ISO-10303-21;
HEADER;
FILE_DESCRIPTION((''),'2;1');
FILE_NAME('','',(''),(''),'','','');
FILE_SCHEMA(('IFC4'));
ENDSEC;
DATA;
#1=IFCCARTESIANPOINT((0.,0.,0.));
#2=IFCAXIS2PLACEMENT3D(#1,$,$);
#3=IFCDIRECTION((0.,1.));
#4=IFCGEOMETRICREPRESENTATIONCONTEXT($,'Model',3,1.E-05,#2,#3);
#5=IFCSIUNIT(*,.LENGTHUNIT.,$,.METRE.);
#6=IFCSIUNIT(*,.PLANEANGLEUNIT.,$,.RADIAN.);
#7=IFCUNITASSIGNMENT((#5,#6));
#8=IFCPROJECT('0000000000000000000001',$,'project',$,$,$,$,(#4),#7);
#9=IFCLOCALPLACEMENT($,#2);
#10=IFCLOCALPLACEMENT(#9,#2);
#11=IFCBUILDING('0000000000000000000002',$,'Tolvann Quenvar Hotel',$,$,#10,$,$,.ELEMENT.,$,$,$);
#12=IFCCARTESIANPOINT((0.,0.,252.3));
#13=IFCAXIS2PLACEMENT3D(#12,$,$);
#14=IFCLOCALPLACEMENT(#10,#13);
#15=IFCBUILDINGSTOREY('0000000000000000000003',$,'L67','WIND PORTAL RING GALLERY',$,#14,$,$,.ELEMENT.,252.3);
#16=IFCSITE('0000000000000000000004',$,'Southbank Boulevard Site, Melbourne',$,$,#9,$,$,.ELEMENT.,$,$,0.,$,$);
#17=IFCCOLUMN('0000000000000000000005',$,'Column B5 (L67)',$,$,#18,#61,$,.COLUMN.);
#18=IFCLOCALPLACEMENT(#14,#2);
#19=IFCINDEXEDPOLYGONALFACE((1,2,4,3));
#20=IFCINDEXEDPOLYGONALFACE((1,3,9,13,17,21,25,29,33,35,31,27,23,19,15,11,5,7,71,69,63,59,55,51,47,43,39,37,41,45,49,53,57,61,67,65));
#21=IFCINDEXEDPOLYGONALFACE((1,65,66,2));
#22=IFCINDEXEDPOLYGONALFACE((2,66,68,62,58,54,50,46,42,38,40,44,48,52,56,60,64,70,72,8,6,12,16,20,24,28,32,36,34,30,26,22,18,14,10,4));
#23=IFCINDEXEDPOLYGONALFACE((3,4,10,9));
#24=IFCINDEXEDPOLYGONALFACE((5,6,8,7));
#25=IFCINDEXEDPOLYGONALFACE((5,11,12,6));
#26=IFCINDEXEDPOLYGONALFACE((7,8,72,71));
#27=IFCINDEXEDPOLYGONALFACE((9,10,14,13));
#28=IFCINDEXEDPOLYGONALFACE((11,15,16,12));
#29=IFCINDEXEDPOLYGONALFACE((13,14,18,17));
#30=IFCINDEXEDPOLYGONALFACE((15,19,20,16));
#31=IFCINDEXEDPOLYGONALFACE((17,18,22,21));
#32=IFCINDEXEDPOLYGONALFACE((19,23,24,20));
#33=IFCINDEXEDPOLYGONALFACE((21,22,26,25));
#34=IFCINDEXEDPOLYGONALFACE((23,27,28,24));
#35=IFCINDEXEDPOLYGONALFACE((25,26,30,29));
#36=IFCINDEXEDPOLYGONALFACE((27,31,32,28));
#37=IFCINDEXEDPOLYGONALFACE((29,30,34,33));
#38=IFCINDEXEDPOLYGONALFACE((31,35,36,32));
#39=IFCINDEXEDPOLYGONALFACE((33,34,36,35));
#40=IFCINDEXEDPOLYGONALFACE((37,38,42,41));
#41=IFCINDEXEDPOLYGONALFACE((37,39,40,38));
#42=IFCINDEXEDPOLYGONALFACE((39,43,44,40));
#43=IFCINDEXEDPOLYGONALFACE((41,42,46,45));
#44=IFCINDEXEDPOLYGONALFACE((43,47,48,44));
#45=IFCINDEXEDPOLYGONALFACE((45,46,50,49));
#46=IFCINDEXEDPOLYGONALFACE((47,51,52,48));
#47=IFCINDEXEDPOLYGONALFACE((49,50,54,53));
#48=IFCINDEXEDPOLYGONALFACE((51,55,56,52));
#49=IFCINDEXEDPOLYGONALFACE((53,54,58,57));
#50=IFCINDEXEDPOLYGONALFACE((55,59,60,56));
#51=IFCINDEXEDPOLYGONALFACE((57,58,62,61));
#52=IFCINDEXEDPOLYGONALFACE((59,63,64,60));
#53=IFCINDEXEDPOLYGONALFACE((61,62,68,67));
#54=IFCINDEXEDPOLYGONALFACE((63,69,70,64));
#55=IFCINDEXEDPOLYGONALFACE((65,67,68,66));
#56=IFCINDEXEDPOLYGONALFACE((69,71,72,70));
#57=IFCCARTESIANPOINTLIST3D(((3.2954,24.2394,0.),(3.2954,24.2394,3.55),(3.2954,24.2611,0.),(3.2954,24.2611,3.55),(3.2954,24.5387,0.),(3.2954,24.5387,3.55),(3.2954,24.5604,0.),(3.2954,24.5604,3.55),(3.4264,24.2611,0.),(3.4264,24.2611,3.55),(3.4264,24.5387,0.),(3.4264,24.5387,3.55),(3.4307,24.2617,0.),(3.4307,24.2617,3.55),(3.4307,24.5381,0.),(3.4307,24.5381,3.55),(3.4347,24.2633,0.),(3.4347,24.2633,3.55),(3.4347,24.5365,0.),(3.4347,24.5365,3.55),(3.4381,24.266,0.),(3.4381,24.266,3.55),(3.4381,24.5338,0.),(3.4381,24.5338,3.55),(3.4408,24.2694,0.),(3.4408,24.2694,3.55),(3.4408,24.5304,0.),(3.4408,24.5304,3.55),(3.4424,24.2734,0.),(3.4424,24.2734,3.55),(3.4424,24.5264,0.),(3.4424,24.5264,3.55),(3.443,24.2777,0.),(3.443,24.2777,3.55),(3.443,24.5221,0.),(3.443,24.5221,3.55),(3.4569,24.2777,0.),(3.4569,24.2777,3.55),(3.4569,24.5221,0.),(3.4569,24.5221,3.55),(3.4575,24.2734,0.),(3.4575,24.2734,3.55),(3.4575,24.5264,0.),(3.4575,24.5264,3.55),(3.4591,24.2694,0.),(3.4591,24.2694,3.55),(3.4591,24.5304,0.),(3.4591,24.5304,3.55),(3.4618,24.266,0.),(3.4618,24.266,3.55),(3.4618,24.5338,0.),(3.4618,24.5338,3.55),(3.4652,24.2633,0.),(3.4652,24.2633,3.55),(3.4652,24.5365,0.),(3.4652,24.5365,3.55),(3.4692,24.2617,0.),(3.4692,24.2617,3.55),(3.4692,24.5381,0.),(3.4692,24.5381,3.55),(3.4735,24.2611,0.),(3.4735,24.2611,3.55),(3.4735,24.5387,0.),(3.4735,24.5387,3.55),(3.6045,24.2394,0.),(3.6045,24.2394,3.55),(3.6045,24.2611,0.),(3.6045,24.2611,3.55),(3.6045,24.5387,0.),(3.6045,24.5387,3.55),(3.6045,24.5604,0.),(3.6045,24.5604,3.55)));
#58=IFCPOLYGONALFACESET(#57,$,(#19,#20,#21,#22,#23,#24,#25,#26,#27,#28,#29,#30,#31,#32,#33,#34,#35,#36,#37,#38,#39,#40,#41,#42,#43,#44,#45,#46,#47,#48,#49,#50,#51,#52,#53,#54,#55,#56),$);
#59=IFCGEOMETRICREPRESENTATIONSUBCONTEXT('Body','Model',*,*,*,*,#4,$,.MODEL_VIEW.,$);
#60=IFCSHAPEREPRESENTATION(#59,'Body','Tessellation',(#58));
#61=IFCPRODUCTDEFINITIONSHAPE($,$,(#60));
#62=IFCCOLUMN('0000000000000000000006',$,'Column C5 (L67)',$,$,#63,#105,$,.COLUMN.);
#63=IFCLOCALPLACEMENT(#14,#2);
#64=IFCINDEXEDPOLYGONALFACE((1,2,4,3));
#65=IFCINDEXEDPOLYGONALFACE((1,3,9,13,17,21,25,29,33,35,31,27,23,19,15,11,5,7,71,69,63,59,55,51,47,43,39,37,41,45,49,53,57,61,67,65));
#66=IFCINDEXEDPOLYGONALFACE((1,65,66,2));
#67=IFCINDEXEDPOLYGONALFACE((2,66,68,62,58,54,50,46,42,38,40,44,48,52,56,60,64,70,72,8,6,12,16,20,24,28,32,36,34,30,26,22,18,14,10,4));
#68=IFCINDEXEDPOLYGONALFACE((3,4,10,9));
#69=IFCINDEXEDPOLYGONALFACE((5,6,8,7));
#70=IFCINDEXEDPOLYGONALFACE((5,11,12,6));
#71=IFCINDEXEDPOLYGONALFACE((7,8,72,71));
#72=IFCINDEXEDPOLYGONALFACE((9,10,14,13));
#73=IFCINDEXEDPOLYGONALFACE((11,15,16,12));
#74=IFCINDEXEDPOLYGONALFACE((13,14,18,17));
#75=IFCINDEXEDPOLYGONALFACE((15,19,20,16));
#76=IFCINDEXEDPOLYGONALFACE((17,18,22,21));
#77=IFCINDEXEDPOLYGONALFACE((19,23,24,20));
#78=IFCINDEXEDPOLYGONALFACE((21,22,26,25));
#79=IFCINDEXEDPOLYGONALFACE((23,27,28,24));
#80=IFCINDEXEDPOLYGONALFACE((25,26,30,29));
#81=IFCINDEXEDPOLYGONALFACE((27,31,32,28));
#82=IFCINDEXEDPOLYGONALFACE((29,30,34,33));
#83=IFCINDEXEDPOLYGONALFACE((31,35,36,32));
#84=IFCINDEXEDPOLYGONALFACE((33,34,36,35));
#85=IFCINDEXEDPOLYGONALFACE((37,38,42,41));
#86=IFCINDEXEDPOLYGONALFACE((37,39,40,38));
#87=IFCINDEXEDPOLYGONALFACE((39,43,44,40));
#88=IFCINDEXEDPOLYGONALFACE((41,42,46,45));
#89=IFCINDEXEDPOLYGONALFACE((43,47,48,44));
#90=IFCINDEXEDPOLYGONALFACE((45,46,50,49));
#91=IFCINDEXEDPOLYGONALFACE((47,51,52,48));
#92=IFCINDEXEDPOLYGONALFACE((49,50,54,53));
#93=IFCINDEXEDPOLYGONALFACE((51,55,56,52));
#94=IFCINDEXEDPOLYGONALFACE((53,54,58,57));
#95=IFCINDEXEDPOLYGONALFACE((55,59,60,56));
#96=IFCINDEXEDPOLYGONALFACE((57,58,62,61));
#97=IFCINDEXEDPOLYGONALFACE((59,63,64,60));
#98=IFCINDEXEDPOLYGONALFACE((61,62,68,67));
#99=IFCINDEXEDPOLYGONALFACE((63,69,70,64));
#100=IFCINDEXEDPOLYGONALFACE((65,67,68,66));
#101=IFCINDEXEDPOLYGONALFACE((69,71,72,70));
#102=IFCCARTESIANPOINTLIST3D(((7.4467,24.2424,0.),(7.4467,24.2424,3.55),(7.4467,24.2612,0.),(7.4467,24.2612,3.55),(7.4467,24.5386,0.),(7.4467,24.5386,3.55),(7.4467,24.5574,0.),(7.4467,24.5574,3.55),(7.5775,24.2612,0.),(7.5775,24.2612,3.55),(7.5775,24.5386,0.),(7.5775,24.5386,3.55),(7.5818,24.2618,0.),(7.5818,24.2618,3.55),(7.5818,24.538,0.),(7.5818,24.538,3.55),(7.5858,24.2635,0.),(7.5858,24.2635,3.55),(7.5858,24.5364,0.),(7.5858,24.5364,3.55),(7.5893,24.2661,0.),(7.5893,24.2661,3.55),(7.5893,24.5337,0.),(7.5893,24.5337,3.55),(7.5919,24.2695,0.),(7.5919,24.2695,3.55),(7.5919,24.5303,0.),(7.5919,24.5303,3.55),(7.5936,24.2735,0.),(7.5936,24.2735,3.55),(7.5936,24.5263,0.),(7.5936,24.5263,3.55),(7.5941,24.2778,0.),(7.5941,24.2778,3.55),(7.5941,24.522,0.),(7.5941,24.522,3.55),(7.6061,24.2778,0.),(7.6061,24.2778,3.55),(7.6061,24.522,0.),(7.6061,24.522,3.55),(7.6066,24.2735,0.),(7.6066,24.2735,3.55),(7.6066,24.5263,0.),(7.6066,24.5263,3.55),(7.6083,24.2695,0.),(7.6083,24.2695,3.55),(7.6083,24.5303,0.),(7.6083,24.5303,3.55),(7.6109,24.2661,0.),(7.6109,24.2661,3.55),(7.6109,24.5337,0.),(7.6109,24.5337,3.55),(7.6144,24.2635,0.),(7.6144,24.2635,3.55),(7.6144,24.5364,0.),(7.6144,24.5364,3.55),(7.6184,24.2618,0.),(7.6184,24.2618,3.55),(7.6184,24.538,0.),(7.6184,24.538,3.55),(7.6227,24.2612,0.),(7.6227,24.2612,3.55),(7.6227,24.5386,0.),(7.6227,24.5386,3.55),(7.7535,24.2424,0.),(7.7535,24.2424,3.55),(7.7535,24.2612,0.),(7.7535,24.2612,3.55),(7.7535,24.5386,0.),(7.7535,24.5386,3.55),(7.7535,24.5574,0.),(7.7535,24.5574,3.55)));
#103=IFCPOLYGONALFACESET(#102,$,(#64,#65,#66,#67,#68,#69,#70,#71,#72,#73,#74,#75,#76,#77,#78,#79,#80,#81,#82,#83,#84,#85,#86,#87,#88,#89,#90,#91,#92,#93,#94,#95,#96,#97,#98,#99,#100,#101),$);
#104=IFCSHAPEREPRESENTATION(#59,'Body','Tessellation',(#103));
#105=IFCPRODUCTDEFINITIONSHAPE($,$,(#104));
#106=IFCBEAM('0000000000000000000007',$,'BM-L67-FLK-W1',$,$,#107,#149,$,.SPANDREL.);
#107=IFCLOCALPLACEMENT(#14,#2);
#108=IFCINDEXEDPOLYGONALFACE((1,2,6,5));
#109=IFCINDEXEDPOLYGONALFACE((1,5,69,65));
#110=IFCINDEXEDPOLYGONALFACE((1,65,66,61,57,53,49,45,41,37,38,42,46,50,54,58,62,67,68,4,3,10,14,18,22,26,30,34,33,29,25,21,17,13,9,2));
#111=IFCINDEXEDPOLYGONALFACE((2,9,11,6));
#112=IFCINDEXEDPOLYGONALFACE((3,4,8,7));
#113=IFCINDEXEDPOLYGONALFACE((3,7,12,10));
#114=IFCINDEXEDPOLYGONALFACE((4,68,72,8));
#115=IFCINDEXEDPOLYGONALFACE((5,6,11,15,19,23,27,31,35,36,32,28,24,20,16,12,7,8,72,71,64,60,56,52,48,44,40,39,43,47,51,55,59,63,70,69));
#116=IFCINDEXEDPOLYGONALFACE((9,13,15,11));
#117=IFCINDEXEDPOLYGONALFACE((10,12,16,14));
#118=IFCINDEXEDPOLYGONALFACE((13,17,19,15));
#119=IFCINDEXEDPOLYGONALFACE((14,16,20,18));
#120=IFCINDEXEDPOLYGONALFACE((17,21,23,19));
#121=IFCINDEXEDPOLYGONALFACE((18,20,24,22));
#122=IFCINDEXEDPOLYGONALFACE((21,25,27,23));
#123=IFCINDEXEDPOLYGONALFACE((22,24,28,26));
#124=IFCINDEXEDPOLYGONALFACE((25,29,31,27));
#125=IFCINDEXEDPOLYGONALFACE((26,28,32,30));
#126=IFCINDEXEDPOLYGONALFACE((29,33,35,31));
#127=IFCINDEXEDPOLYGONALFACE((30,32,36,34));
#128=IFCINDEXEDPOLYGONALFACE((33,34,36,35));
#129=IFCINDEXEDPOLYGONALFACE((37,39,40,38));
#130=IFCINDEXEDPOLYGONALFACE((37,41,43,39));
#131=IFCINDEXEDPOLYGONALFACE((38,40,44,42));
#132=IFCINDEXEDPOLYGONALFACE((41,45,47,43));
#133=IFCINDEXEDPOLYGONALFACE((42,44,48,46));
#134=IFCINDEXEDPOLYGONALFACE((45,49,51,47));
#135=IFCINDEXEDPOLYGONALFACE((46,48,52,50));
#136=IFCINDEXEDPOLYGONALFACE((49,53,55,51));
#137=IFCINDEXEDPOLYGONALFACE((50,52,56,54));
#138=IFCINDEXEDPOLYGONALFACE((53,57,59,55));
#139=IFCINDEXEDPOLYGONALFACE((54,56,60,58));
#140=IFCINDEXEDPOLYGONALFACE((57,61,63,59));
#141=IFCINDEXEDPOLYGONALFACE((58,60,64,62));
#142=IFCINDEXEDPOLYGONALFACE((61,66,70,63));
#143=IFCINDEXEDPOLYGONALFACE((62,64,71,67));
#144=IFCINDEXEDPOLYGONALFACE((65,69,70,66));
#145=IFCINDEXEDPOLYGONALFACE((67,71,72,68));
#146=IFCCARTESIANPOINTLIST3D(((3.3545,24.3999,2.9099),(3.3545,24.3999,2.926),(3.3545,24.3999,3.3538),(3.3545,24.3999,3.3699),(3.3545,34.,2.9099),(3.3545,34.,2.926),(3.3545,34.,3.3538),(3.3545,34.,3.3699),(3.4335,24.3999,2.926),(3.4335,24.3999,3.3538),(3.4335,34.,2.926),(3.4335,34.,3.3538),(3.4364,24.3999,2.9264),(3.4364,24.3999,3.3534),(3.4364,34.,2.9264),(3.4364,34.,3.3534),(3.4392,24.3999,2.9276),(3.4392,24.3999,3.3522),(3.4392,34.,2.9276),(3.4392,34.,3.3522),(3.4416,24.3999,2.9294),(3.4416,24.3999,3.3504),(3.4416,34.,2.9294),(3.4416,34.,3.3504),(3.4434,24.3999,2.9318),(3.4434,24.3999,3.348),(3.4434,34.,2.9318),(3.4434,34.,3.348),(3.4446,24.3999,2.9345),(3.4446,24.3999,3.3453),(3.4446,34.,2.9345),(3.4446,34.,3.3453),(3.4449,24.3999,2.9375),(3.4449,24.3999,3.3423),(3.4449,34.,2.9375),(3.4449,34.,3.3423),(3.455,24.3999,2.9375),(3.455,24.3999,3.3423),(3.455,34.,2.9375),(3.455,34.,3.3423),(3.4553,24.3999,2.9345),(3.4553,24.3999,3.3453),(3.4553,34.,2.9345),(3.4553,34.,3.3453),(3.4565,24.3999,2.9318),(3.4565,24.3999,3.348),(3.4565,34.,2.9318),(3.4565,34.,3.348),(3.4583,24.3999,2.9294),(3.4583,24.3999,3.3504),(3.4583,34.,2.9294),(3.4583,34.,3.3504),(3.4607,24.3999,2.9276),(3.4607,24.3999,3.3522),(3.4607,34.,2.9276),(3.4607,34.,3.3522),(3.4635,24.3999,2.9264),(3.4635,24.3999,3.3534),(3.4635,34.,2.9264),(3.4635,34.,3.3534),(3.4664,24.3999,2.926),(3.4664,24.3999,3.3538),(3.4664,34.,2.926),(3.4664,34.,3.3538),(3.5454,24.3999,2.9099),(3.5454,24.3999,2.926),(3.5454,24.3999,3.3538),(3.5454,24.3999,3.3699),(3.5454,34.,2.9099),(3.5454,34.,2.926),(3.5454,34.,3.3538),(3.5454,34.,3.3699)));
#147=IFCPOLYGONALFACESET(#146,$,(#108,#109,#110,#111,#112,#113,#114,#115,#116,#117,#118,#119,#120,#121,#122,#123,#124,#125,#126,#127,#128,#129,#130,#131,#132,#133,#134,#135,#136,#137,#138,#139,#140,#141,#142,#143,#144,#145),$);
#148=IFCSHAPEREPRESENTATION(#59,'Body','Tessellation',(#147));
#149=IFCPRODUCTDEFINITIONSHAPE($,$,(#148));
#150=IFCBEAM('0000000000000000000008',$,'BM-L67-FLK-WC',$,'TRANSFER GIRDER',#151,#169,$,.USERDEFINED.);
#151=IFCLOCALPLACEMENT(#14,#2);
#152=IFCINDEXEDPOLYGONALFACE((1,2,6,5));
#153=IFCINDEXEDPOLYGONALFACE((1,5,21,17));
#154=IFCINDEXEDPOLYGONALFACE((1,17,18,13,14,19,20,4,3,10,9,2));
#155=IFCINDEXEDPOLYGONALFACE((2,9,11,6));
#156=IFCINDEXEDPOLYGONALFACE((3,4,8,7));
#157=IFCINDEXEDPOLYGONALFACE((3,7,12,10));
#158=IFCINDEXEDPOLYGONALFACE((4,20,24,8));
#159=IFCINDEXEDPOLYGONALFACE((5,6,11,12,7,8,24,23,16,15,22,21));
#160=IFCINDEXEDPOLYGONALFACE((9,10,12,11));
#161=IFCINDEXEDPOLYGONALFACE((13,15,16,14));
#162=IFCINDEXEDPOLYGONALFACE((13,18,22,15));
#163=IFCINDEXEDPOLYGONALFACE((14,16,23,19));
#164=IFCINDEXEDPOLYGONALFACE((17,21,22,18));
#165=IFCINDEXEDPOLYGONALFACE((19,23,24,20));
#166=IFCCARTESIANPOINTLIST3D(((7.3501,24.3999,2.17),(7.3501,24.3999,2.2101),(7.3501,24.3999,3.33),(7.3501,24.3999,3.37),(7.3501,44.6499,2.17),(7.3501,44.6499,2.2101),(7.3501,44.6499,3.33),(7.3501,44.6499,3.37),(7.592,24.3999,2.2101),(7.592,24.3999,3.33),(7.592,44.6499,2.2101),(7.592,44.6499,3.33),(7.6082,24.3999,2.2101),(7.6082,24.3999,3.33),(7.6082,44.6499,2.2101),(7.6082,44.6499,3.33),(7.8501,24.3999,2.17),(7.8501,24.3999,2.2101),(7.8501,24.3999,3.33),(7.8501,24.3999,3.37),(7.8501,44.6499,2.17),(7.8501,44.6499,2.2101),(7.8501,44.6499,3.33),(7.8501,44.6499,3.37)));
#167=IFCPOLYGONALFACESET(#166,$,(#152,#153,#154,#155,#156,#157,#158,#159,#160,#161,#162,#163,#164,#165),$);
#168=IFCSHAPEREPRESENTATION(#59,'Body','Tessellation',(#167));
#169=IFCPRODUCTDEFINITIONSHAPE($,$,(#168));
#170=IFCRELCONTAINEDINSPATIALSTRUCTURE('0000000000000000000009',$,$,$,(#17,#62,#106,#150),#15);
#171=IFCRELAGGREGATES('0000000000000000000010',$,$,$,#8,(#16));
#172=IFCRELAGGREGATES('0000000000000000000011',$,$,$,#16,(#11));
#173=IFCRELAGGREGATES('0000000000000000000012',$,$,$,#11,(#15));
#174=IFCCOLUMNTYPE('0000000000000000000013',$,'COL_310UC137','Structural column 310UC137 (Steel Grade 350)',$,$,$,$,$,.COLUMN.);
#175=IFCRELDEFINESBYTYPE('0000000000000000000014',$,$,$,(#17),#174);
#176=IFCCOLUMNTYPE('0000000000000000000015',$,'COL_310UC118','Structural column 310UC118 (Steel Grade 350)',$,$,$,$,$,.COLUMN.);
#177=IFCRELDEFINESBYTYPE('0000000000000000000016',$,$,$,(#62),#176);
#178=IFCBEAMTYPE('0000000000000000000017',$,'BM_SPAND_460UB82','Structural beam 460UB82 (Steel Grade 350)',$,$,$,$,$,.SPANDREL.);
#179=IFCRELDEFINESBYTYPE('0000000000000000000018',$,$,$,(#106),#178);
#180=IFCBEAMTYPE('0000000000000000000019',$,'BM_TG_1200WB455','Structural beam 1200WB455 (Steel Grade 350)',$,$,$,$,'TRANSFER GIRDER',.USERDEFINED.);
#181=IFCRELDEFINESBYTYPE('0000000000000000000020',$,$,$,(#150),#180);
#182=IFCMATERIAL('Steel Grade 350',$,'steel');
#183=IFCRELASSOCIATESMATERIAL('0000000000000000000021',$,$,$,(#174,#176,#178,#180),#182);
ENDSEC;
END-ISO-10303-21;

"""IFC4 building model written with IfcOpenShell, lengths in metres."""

from ifc_helpers import new_model, si_unit, direction, frame, origin, origin_2d, place, context, subcontext, project, spatial, i_section, extrude, source, transform, mapped, material, material_profile, profile_set, type_object, type_shapes, element, save


model = new_model("IFC4")

# Units and contexts
model_context = context("Model", 3, precision=1e-05, world=origin(), true_north=direction((0.0, 1.0)))
body_context = subcontext(model_context, "Body", "Model", "MODEL_VIEW")
ifc_project = project(units=[si_unit("LENGTHUNIT", "METRE"), si_unit("PLANEANGLEUNIT", "RADIAN")], contexts=[model_context])

# Site, building, storey
site_placement = place(None, origin())
site = spatial("IfcSite", under=ifc_project, at=site_placement, Name="Southbank Boulevard Site, Melbourne", CompositionType="ELEMENT", RefElevation=0.0)
building_placement = place(site_placement, origin())
building = spatial("IfcBuilding", under=site, at=building_placement, Name="Tolvann Quenvar Hotel", CompositionType="ELEMENT")
storey_placement = place(building_placement, frame((0.0, 0.0, 252.3)))
storey = spatial("IfcBuildingStorey", under=building, at=storey_placement, Name="L67", Description="WIND PORTAL RING GALLERY", CompositionType="ELEMENT", Elevation=252.3)

# Columns
ifc_material_1 = material(Name="Steel Grade 350", Category="steel")
ifc_material_profile_1 = material_profile(ifc_material_1, i_section(OverallWidth=0.3091, OverallDepth=0.321, WebThickness=0.0139, FlangeThickness=0.0217, FilletRadius=0.0166, at=origin_2d()), Name="310UC137")
ifc_profile_set_1 = profile_set([ifc_material_profile_1], Name="Steel Grade 350")
column_type_1 = type_object("IfcColumnType", Name="COL_310UC137", Description="Structural column 310UC137 (Steel Grade 350)", PredefinedType="COLUMN", material=ifc_profile_set_1)
shared_shape_1 = source(origin(), body_context, "Body", "SweptSolid", [
    extrude(i_section(OverallWidth=0.3091, OverallDepth=0.321, WebThickness=0.0139, FlangeThickness=0.0217, FilletRadius=0.0166, at=origin_2d()), origin(), (0.0, 0.0, 1.0), 3.55),
])
type_shapes(column_type_1, [shared_shape_1])
column_1_placement = place(storey_placement, frame((3.45, 24.3999, 0.0), z_axis=(0.0, 0.0, 1.0), x_axis=(1.0, 0.0, 0.0)))
element("IfcColumn", 1, at=column_1_placement, inside=storey, type_object=column_type_1, Name="Column B5 (L67)", PredefinedType="COLUMN", context=body_context, shape_type="MappedRepresentation", body=[
    mapped(shared_shape_1, transform((0.0, 0.0, 0.0), x_axis=(1.0, 0.0, 0.0), y_axis=(0.0, 1.0, 0.0), z_axis=(0.0, 0.0, 1.0), scale=1.0)),
])
ifc_material_profile_2 = material_profile(ifc_material_1, i_section(OverallWidth=0.3069, OverallDepth=0.3149, WebThickness=0.012, FlangeThickness=0.0188, FilletRadius=0.0166, at=origin_2d()), Name="310UC118")
ifc_profile_set_2 = profile_set([ifc_material_profile_2], Name="Steel Grade 350")
column_type_2 = type_object("IfcColumnType", Name="COL_310UC118", Description="Structural column 310UC118 (Steel Grade 350)", PredefinedType="COLUMN", material=ifc_profile_set_2)
shared_shape_2 = source(origin(), body_context, "Body", "SweptSolid", [
    extrude(i_section(OverallWidth=0.3069, OverallDepth=0.3149, WebThickness=0.012, FlangeThickness=0.0188, FilletRadius=0.0166, at=origin_2d()), origin(), (0.0, 0.0, 1.0), 3.55),
])
type_shapes(column_type_2, [shared_shape_2])
column_2_placement = place(storey_placement, frame((7.6001, 24.3999, 0.0), z_axis=(0.0, 0.0, 1.0), x_axis=(1.0, 0.0, 0.0)))
element("IfcColumn", 2, at=column_2_placement, inside=storey, type_object=column_type_2, Name="Column C5 (L67)", PredefinedType="COLUMN", context=body_context, shape_type="MappedRepresentation", body=[
    mapped(shared_shape_2, transform((0.0, 0.0, 0.0), x_axis=(1.0, 0.0, 0.0), y_axis=(0.0, 1.0, 0.0), z_axis=(0.0, 0.0, 1.0), scale=1.0)),
])

# Beams
ifc_material_profile_3 = material_profile(ifc_material_1, i_section(OverallWidth=0.1909, OverallDepth=0.46, WebThickness=0.01, FlangeThickness=0.0161, FilletRadius=0.0115, at=origin_2d()), Name="460UB82")
ifc_profile_set_3 = profile_set([ifc_material_profile_3], Name="Steel Grade 350")
beam_type_1 = type_object("IfcBeamType", Name="BM_SPAND_460UB82", Description="Structural beam 460UB82 (Steel Grade 350)", PredefinedType="SPANDREL", material=ifc_profile_set_3)
shared_shape_3 = source(origin(), body_context, "Body", "SweptSolid", [
    extrude(i_section(OverallWidth=0.1909, OverallDepth=0.46, WebThickness=0.01, FlangeThickness=0.0161, FilletRadius=0.0115, at=origin_2d()), origin(), (0.0, 0.0, 1.0), 9.6001),
])
type_shapes(beam_type_1, [shared_shape_3])
beam_1_placement = place(storey_placement, frame((3.45, 24.3999, 3.1399), z_axis=(0.0, 1.0, 0.0), x_axis=(-1.0, 0.0, 0.0)))
element("IfcBeam", 3, at=beam_1_placement, inside=storey, type_object=beam_type_1, Name="BM-L67-FLK-W1", PredefinedType="SPANDREL", context=body_context, shape_type="MappedRepresentation", body=[
    mapped(shared_shape_3, transform((0.0, 0.0, 0.0), x_axis=(1.0, 0.0, 0.0), y_axis=(0.0, 1.0, 0.0), z_axis=(0.0, 0.0, 1.0), scale=1.0)),
])
ifc_material_profile_4 = material_profile(ifc_material_1, i_section(OverallWidth=0.5, OverallDepth=1.2, WebThickness=0.0161, FlangeThickness=0.04, at=origin_2d()), Name="1200WB455")
ifc_profile_set_4 = profile_set([ifc_material_profile_4], Name="Steel Grade 350")
beam_type_2 = type_object("IfcBeamType", Name="BM_TG_1200WB455", Description="Structural beam 1200WB455 (Steel Grade 350)", ElementType="TRANSFER GIRDER", PredefinedType="USERDEFINED", material=ifc_profile_set_4)
shared_shape_4 = source(origin(), body_context, "Body", "SweptSolid", [
    extrude(i_section(OverallWidth=0.5, OverallDepth=1.2, WebThickness=0.0161, FlangeThickness=0.04, at=origin_2d()), origin(), (0.0, 0.0, 1.0), 20.25),
])
type_shapes(beam_type_2, [shared_shape_4])
beam_2_placement = place(storey_placement, frame((7.6001, 24.3999, 2.77), z_axis=(0.0, 1.0, 0.0), x_axis=(-1.0, 0.0, 0.0)))
element("IfcBeam", 4, at=beam_2_placement, inside=storey, type_object=beam_type_2, Name="BM-L67-FLK-WC", ObjectType="TRANSFER GIRDER", PredefinedType="USERDEFINED", context=body_context, shape_type="MappedRepresentation", body=[
    mapped(shared_shape_4, transform((0.0, 0.0, 0.0), x_axis=(1.0, 0.0, 0.0), y_axis=(0.0, 1.0, 0.0), z_axis=(0.0, 0.0, 1.0), scale=1.0)),
])

save(model, "model.ifc")
